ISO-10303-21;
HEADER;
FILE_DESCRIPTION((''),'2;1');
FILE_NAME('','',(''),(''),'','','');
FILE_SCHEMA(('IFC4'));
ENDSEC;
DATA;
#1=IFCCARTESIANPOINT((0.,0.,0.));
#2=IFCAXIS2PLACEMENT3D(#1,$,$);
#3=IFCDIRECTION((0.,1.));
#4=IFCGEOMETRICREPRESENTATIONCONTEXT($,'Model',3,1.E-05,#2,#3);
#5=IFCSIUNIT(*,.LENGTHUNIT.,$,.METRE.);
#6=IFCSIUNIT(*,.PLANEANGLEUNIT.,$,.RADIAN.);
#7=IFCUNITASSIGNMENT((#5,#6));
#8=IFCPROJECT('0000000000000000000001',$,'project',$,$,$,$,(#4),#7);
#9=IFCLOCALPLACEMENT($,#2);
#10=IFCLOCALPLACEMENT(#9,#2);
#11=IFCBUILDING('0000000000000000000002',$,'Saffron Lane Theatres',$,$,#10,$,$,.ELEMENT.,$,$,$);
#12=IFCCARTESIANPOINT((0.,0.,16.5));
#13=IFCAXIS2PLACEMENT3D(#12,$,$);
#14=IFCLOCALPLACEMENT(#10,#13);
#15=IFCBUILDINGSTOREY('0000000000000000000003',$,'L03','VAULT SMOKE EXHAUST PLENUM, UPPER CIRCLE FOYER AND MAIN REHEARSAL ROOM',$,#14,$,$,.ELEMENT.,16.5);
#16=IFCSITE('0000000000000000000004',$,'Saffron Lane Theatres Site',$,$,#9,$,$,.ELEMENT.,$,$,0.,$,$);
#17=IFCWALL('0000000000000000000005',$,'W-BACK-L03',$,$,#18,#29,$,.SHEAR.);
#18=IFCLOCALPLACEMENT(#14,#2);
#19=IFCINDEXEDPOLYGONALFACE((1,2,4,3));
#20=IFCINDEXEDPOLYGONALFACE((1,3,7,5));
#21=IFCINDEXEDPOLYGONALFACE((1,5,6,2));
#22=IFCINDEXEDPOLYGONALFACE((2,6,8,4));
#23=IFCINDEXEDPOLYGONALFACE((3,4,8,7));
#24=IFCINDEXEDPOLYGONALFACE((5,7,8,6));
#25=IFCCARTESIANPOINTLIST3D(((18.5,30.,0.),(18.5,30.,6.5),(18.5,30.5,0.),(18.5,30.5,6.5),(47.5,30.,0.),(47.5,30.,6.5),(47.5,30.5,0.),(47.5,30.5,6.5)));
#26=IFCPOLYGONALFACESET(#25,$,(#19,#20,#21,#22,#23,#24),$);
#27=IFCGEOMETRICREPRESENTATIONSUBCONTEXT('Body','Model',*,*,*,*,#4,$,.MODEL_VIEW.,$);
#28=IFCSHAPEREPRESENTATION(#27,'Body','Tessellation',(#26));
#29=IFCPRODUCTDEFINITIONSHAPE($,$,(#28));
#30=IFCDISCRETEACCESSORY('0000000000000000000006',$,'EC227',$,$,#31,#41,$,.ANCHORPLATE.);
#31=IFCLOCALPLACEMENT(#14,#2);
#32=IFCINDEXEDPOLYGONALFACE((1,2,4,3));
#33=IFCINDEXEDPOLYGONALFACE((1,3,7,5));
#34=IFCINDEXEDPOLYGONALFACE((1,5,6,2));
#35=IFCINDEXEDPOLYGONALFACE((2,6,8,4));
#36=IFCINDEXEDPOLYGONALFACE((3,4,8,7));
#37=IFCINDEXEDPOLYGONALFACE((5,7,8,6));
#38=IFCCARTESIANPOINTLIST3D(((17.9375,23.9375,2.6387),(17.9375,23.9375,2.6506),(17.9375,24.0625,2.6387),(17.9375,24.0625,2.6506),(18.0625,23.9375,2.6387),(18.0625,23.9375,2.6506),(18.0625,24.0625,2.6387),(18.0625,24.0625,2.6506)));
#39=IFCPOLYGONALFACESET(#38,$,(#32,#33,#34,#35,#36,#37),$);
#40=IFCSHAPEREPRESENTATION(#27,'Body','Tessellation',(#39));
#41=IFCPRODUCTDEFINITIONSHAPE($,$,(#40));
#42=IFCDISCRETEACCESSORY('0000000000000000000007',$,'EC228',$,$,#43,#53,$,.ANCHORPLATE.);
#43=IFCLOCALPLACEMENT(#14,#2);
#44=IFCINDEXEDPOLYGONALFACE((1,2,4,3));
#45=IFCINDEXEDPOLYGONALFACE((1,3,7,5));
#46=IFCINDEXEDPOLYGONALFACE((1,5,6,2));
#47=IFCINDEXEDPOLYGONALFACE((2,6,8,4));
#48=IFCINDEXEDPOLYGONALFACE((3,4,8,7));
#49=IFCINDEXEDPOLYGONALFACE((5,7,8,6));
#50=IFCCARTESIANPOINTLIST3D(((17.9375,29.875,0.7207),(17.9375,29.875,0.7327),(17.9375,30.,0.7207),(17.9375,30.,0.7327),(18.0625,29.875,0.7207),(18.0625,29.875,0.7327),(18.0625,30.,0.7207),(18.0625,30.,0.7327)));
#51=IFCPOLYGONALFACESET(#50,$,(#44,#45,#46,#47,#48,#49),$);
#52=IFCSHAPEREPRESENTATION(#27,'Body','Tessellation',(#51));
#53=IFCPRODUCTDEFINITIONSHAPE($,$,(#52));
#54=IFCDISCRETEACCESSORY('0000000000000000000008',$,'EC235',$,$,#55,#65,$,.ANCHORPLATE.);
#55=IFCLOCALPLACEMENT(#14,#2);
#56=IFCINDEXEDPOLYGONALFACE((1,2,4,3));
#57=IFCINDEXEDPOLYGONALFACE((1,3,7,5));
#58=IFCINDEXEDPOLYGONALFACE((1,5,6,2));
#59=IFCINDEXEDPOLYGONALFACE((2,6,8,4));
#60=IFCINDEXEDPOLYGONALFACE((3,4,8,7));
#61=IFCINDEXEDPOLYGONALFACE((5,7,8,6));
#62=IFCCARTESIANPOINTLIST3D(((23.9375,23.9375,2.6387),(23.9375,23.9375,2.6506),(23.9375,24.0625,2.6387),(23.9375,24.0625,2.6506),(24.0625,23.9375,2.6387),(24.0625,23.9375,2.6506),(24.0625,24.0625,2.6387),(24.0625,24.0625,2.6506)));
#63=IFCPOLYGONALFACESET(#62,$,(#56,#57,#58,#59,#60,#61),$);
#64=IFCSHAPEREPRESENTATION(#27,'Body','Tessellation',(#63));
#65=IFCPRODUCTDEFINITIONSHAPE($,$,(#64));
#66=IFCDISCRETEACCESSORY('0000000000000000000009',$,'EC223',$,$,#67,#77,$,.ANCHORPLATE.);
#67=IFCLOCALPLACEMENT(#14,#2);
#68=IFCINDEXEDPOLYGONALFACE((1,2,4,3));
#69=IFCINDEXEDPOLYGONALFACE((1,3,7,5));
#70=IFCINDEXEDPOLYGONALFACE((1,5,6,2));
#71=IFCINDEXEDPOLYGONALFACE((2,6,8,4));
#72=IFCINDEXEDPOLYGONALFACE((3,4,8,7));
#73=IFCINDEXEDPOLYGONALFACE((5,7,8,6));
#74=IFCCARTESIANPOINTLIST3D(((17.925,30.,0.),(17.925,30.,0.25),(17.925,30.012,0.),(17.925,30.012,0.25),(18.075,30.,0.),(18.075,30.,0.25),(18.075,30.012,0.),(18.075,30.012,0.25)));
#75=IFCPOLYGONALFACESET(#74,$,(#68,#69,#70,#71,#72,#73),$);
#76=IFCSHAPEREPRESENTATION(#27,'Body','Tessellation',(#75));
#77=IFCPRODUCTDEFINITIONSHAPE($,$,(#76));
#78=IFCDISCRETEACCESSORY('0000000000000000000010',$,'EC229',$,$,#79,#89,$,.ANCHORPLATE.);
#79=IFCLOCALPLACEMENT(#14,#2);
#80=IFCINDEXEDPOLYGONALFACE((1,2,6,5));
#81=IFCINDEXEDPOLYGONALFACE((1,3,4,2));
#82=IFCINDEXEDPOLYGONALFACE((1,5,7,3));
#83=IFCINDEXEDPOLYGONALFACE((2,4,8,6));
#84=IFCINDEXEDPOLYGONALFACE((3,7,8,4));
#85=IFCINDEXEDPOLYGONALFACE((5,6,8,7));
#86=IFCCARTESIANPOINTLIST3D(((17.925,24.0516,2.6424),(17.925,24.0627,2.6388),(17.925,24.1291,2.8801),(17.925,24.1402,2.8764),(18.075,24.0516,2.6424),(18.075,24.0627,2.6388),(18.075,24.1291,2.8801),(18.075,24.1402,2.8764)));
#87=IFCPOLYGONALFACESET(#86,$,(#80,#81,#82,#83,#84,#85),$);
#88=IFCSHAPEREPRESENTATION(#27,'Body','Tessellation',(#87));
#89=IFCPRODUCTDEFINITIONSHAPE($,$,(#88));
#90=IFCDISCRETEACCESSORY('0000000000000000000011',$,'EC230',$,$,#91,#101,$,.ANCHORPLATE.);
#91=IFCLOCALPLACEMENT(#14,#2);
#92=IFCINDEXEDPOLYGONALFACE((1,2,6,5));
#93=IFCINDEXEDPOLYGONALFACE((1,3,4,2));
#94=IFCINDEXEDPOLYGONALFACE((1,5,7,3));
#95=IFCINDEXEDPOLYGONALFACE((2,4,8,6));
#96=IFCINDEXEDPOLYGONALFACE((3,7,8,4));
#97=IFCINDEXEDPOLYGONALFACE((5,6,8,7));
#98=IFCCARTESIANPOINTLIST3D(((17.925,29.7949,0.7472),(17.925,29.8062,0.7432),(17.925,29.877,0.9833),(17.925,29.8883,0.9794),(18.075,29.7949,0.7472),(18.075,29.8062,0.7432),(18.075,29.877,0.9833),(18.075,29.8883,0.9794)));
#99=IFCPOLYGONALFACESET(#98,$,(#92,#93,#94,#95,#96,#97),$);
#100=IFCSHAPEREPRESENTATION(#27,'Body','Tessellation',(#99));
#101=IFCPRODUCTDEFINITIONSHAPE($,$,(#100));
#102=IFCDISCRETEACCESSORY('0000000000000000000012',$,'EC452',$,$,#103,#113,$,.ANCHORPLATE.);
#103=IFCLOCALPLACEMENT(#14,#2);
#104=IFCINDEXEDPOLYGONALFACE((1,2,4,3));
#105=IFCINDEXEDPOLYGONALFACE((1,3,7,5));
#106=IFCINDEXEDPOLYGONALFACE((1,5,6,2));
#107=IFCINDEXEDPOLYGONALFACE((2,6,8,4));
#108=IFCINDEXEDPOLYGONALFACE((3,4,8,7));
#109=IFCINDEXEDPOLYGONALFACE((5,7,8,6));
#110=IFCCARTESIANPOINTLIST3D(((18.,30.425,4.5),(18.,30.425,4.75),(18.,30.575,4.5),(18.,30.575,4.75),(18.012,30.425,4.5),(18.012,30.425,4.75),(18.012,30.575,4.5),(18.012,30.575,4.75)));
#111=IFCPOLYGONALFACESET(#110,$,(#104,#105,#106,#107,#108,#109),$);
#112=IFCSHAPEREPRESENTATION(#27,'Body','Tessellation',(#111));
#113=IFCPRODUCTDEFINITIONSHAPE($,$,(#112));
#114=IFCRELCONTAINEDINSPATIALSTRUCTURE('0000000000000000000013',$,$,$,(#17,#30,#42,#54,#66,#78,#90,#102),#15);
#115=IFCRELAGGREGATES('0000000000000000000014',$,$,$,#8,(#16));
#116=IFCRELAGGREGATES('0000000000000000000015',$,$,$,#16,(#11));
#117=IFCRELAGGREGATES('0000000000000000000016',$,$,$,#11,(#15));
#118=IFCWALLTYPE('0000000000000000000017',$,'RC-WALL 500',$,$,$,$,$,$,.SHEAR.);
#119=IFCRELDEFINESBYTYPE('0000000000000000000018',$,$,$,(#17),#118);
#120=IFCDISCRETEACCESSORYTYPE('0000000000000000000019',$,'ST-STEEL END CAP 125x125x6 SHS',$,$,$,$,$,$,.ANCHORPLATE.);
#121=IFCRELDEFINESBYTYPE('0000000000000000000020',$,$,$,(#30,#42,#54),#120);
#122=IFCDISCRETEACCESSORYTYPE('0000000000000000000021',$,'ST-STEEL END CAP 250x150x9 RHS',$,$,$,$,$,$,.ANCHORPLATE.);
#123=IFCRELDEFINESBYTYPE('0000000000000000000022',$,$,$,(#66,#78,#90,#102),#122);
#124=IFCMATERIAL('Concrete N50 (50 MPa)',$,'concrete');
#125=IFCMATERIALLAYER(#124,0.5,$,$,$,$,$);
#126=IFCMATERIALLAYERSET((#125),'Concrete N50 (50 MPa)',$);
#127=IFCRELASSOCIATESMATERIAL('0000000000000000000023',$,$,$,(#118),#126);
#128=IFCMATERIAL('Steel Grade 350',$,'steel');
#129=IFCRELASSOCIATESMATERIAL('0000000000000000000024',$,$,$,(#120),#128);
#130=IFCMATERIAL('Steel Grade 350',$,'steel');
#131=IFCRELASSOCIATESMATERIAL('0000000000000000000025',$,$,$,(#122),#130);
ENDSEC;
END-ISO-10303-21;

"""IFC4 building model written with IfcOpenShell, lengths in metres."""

from ifc_helpers import new_model, si_unit, direction, frame, frame_2d, origin, origin_2d, place, context, subcontext, project, spatial, rectangle, extrude, material, layer, layer_set, material_profile, profile_set, type_object, element, save


model = new_model("IFC4")

# Units and contexts
model_context = context("Model", 3, precision=1e-05, world=origin(), true_north=direction((0.0, 1.0)))
body_context = subcontext(model_context, "Body", "Model", "MODEL_VIEW")
ifc_project = project(units=[si_unit("LENGTHUNIT", "METRE"), si_unit("PLANEANGLEUNIT", "RADIAN")], contexts=[model_context])

# Site, building, storey
site_placement = place(None, origin())
site = spatial("IfcSite", under=ifc_project, at=site_placement, Name="Saffron Lane Theatres Site", CompositionType="ELEMENT", RefElevation=0.0)
building_placement = place(site_placement, origin())
building = spatial("IfcBuilding", under=site, at=building_placement, Name="Saffron Lane Theatres", CompositionType="ELEMENT")
storey_placement = place(building_placement, frame((0.0, 0.0, 16.5)))
storey = spatial("IfcBuildingStorey", under=building, at=storey_placement, Name="L03", Description="VAULT SMOKE EXHAUST PLENUM, UPPER CIRCLE FOYER AND MAIN REHEARSAL ROOM", CompositionType="ELEMENT", Elevation=16.5)

# Wall
ifc_material_1 = material(Name="Concrete N50 (50 MPa)", Category="concrete")
ifc_layer_1 = layer(ifc_material_1, 0.5)
ifc_layer_set_1 = layer_set([ifc_layer_1], Name="Concrete N50 (50 MPa)")
wall_type_1 = type_object("IfcWallType", Name="RC-WALL 500", PredefinedType="SHEAR", material=ifc_layer_set_1)
wall_1_placement = place(storey_placement, frame((18.5, 30.25, 0.0), z_axis=(0.0, 0.0, 1.0), x_axis=(1.0, 0.0, 0.0)))
element("IfcWall", 1, at=wall_1_placement, inside=storey, type_object=wall_type_1, Name="W-BACK-L03", PredefinedType="SHEAR", context=body_context, shape_type="SweptSolid", body=[
    extrude(rectangle(XDim=29.0, YDim=0.5, at=frame_2d((14.5, 0.0))), origin(), (0.0, 0.0, 1.0), 6.5),
])

# Discrete accessories
ifc_material_2 = material(Name="Steel Grade 350", Category="steel")
ifc_material_profile_1 = material_profile(ifc_material_2, rectangle(XDim=0.125, YDim=0.125, at=origin_2d()))
ifc_profile_set_1 = profile_set([ifc_material_profile_1], Name="Steel Grade 350")
discrete_accessory_type_1 = type_object("IfcDiscreteAccessoryType", Name="ST-STEEL END CAP 125x125x6 SHS", PredefinedType="ANCHORPLATE", material=ifc_profile_set_1)
for number, where, z_axis, x_axis, name in (
    (2, (18.0, 24.0, 2.6387), (0.0, 0.0, 1.0), (1.0, 0.0, 0.0), "EC227"),
    (3, (18.0, 29.9375, 0.7207), (0.0, 0.0, 1.0), (1.0, 0.0, 0.0), "EC228"),
    (4, (24.0, 24.0, 2.6387), (0.0, 0.0, 1.0), (1.0, 0.0, 0.0), "EC235"),
):
    element("IfcDiscreteAccessory", number, at=place(storey_placement, frame(where, z_axis=z_axis, x_axis=x_axis)), inside=storey, type_object=discrete_accessory_type_1, Name=name, PredefinedType="ANCHORPLATE", context=body_context, shape_type="SweptSolid", body=[
        extrude(rectangle(XDim=0.125, YDim=0.125, at=origin_2d()), origin(), (0.0, 0.0, 1.0), 0.012),
    ])
ifc_material_3 = material(Name="Steel Grade 350", Category="steel")
ifc_material_profile_2 = material_profile(ifc_material_3, rectangle(XDim=0.1499, YDim=0.25, at=origin_2d()))
ifc_profile_set_2 = profile_set([ifc_material_profile_2], Name="Steel Grade 350")
discrete_accessory_type_2 = type_object("IfcDiscreteAccessoryType", Name="ST-STEEL END CAP 250x150x9 RHS", PredefinedType="ANCHORPLATE", material=ifc_profile_set_2)
discrete_accessory_1_placement = place(storey_placement, frame((18.0, 30.0, 0.125), z_axis=(0.0, 1.0, 0.0), x_axis=(-1.0, 0.0, 0.0)))
element("IfcDiscreteAccessory", 5, at=discrete_accessory_1_placement, inside=storey, type_object=discrete_accessory_type_2, Name="EC223", PredefinedType="ANCHORPLATE", context=body_context, shape_type="SweptSolid", body=[
    extrude(rectangle(XDim=0.1499, YDim=0.25, at=origin_2d()), origin(), (0.0, 0.0, 1.0), 0.012),
])
discrete_accessory_2_placement = place(storey_placement, frame((18.0, 24.0903, 2.7612), z_axis=(0.0, 0.95073, -0.310021), x_axis=(-1.0, 0.0, 0.0)))
element("IfcDiscreteAccessory", 6, at=discrete_accessory_2_placement, inside=storey, type_object=discrete_accessory_type_2, Name="EC229", PredefinedType="ANCHORPLATE", context=body_context, shape_type="SweptSolid", body=[
    extrude(rectangle(XDim=0.1499, YDim=0.25, at=origin_2d()), origin(), (0.0, 0.0, 1.0), 0.0117),
])
for number, where, z_axis, x_axis, name in (
    (7, (18.0, 29.8359, 0.8652), (0.0, 0.944497, -0.328521), (-1.0, 0.0, 0.0), "EC230"),
    (8, (18.0, 30.5, 4.625), (1.0, 0.0, 0.0), (0.0, 1.0, 0.0), "EC452"),
):
    element("IfcDiscreteAccessory", number, at=place(storey_placement, frame(where, z_axis=z_axis, x_axis=x_axis)), inside=storey, type_object=discrete_accessory_type_2, Name=name, PredefinedType="ANCHORPLATE", context=body_context, shape_type="SweptSolid", body=[
        extrude(rectangle(XDim=0.1499, YDim=0.25, at=origin_2d()), origin(), (0.0, 0.0, 1.0), 0.012),
    ])

save(model, "model.ifc")
